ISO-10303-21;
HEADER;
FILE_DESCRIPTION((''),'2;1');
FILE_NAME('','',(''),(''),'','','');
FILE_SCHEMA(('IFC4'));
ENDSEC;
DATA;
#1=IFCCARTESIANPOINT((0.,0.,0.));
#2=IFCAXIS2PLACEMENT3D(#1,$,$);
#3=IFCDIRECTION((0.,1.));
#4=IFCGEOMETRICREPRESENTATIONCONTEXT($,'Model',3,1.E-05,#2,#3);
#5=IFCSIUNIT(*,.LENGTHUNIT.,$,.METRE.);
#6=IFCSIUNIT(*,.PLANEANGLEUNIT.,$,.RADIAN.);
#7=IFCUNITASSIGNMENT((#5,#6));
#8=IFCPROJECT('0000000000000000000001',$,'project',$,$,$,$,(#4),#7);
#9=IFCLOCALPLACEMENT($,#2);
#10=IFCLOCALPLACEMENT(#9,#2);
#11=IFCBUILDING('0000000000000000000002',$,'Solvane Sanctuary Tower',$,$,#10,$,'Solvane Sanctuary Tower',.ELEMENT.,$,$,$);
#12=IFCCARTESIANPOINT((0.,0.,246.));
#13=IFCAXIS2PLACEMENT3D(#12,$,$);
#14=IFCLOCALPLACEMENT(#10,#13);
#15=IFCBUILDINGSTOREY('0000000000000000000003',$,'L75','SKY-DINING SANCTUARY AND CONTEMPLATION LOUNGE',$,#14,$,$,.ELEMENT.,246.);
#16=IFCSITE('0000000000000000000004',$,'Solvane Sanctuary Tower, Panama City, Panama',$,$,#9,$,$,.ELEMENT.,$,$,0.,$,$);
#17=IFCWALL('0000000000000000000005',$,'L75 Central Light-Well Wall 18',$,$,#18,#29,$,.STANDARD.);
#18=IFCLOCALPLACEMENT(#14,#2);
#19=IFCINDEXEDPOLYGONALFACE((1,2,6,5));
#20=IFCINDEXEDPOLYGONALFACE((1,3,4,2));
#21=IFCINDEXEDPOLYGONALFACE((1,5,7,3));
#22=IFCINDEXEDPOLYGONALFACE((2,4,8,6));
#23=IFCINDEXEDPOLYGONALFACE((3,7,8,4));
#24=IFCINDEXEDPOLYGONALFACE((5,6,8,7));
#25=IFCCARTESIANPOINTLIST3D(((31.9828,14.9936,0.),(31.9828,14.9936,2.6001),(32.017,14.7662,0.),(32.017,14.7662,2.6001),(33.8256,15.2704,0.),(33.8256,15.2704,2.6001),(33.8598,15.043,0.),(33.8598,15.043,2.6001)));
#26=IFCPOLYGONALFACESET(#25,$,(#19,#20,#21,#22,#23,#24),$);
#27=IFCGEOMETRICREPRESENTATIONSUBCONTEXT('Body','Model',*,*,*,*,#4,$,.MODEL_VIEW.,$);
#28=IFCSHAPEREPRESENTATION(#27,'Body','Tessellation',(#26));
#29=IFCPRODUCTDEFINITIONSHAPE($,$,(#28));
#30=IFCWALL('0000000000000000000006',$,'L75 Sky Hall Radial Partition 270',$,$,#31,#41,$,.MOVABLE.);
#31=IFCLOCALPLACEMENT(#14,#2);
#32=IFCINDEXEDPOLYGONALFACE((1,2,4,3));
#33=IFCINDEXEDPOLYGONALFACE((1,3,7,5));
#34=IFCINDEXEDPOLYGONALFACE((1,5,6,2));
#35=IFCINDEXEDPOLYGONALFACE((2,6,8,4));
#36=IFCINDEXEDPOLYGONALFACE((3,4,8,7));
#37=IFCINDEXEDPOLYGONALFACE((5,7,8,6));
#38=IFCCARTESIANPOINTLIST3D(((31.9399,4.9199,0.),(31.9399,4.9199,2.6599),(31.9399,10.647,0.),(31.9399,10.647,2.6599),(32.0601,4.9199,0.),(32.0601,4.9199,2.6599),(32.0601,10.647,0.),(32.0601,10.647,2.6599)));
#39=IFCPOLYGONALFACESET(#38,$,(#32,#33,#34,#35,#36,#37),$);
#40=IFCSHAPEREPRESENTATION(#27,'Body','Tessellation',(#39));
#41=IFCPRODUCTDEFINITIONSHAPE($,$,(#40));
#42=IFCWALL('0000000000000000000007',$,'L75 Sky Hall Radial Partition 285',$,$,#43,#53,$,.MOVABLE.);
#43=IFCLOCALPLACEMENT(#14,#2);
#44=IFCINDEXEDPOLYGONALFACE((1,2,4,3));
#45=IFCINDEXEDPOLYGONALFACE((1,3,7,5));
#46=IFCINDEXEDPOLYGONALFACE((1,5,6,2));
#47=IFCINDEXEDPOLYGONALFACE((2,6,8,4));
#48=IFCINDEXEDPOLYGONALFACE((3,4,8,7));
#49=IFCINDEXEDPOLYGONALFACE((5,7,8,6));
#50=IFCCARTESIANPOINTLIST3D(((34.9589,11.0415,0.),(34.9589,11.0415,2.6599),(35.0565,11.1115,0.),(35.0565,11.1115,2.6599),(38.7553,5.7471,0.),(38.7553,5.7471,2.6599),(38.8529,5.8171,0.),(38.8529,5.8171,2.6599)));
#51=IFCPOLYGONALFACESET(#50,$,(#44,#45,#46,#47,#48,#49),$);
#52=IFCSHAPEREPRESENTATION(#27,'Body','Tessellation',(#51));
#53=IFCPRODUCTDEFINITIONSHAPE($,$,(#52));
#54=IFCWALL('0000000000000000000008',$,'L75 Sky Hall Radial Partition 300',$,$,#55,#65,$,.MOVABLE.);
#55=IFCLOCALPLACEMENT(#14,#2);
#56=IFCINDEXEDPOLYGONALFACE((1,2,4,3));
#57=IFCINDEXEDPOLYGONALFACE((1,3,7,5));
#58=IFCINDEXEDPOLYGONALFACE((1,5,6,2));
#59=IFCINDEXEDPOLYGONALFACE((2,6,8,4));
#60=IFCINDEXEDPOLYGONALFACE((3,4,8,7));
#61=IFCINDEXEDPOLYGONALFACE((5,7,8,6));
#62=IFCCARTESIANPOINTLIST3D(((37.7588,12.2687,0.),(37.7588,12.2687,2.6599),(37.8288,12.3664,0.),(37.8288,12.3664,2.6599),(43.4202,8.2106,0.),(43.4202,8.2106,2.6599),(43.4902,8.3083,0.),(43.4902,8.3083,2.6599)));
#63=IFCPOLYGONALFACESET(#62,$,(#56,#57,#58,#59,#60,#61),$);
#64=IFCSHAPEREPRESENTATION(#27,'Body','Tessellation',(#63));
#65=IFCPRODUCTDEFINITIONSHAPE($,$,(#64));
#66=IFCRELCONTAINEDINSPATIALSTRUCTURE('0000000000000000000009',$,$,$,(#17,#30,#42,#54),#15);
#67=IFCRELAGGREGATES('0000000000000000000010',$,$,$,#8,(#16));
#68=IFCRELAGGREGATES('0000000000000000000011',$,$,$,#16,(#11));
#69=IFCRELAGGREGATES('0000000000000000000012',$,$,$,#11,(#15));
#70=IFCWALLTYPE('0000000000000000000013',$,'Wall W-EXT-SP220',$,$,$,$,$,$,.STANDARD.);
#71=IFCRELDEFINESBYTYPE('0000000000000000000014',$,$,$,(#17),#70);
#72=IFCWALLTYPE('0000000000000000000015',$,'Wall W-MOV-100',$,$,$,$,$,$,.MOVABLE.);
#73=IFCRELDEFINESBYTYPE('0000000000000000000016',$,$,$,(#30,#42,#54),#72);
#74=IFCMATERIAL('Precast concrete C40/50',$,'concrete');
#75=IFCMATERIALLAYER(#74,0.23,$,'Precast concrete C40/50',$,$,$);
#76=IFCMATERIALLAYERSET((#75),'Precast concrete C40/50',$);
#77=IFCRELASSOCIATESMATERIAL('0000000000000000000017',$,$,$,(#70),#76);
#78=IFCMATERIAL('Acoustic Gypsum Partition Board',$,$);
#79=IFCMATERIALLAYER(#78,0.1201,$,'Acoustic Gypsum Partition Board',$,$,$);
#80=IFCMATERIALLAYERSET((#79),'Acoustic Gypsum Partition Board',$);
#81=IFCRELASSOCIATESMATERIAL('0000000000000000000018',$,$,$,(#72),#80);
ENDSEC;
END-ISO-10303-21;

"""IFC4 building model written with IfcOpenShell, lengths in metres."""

from ifc_helpers import new_model, si_unit, direction, frame, frame_2d, origin, place, context, subcontext, project, spatial, rectangle, extrude, material, layer, layer_set, type_object, element, save


model = new_model("IFC4")

# Units and contexts
model_context = context("Model", 3, precision=1e-05, world=origin(), true_north=direction((0.0, 1.0)))
body_context = subcontext(model_context, "Body", "Model", "MODEL_VIEW")
ifc_project = project(units=[si_unit("LENGTHUNIT", "METRE"), si_unit("PLANEANGLEUNIT", "RADIAN")], contexts=[model_context])

# Site, building, storey
site_placement = place(None, origin())
site = spatial("IfcSite", under=ifc_project, at=site_placement, Name="Solvane Sanctuary Tower, Panama City, Panama", CompositionType="ELEMENT", RefElevation=0.0)
building_placement = place(site_placement, origin())
building = spatial("IfcBuilding", under=site, at=building_placement, Name="Solvane Sanctuary Tower", LongName="Solvane Sanctuary Tower", CompositionType="ELEMENT")
storey_placement = place(building_placement, frame((0.0, 0.0, 246.0)))
storey = spatial("IfcBuildingStorey", under=building, at=storey_placement, Name="L75", Description="SKY-DINING SANCTUARY AND CONTEMPLATION LOUNGE", CompositionType="ELEMENT", Elevation=246.0)

# Shared definitions
ifc_material_1 = material(Name="Acoustic Gypsum Partition Board")

# Walls
ifc_material_2 = material(Name="Precast concrete C40/50", Category="concrete")
ifc_layer_1 = layer(ifc_material_2, 0.23, Name="Precast concrete C40/50")
ifc_layer_set_1 = layer_set([ifc_layer_1], Name="Precast concrete C40/50")
wall_type_1 = type_object("IfcWallType", Name="Wall W-EXT-SP220", PredefinedType="STANDARD", material=ifc_layer_set_1)
wall_1_placement = place(storey_placement, frame((32.0, 14.8799, 0.0), z_axis=(0.0, 0.0, 1.0), x_axis=(0.988902, 0.148571, 0.0)))
element("IfcWall", 1, at=wall_1_placement, inside=storey, type_object=wall_type_1, Name="L75 Central Light-Well Wall 18", PredefinedType="STANDARD", context=body_context, shape_type="SweptSolid", body=[
    extrude(rectangle(XDim=1.8635, YDim=0.23, at=frame_2d((0.9316, 0.0))), origin(), (0.0, 0.0, 1.0), 2.6001),
])
ifc_layer_2 = layer(ifc_material_1, 0.1201, Name="Acoustic Gypsum Partition Board")
ifc_layer_set_2 = layer_set([ifc_layer_2], Name="Acoustic Gypsum Partition Board")
wall_type_2 = type_object("IfcWallType", Name="Wall W-MOV-100", PredefinedType="MOVABLE", material=ifc_layer_set_2)
wall_2_placement = place(storey_placement, frame((32.0, 10.647, 0.0), z_axis=(0.0, 0.0, 1.0), x_axis=(0.0, -1.0, 0.0)))
element("IfcWall", 2, at=wall_2_placement, inside=storey, type_object=wall_type_2, Name="L75 Sky Hall Radial Partition 270", PredefinedType="MOVABLE", context=body_context, shape_type="SweptSolid", body=[
    extrude(rectangle(XDim=5.7271, YDim=0.1201, at=frame_2d((2.8635, 0.0))), origin(), (0.0, 0.0, 1.0), 2.6599),
])
wall_3_placement = place(storey_placement, frame((35.0078, 11.0764, 0.0), z_axis=(0.0, 0.0, 1.0), x_axis=(0.582726, -0.812669, 0.0)))
element("IfcWall", 3, at=wall_3_placement, inside=storey, type_object=wall_type_2, Name="L75 Sky Hall Radial Partition 285", PredefinedType="MOVABLE", context=body_context, shape_type="SweptSolid", body=[
    extrude(rectangle(XDim=6.5149, YDim=0.1201, at=frame_2d((3.2573, 0.0))), origin(), (0.0, 0.0, 1.0), 2.6599),
])
wall_4_placement = place(storey_placement, frame((37.7937, 12.3176, 0.0), z_axis=(0.0, 0.0, 1.0), x_axis=(0.812764, -0.582593, 0.0)))
element("IfcWall", 4, at=wall_4_placement, inside=storey, type_object=wall_type_2, Name="L75 Sky Hall Radial Partition 300", PredefinedType="MOVABLE", context=body_context, shape_type="SweptSolid", body=[
    extrude(rectangle(XDim=6.9656, YDim=0.1201, at=frame_2d((3.4829, 0.0))), origin(), (0.0, 0.0, 1.0), 2.6599),
])

save(model, "model.ifc")
